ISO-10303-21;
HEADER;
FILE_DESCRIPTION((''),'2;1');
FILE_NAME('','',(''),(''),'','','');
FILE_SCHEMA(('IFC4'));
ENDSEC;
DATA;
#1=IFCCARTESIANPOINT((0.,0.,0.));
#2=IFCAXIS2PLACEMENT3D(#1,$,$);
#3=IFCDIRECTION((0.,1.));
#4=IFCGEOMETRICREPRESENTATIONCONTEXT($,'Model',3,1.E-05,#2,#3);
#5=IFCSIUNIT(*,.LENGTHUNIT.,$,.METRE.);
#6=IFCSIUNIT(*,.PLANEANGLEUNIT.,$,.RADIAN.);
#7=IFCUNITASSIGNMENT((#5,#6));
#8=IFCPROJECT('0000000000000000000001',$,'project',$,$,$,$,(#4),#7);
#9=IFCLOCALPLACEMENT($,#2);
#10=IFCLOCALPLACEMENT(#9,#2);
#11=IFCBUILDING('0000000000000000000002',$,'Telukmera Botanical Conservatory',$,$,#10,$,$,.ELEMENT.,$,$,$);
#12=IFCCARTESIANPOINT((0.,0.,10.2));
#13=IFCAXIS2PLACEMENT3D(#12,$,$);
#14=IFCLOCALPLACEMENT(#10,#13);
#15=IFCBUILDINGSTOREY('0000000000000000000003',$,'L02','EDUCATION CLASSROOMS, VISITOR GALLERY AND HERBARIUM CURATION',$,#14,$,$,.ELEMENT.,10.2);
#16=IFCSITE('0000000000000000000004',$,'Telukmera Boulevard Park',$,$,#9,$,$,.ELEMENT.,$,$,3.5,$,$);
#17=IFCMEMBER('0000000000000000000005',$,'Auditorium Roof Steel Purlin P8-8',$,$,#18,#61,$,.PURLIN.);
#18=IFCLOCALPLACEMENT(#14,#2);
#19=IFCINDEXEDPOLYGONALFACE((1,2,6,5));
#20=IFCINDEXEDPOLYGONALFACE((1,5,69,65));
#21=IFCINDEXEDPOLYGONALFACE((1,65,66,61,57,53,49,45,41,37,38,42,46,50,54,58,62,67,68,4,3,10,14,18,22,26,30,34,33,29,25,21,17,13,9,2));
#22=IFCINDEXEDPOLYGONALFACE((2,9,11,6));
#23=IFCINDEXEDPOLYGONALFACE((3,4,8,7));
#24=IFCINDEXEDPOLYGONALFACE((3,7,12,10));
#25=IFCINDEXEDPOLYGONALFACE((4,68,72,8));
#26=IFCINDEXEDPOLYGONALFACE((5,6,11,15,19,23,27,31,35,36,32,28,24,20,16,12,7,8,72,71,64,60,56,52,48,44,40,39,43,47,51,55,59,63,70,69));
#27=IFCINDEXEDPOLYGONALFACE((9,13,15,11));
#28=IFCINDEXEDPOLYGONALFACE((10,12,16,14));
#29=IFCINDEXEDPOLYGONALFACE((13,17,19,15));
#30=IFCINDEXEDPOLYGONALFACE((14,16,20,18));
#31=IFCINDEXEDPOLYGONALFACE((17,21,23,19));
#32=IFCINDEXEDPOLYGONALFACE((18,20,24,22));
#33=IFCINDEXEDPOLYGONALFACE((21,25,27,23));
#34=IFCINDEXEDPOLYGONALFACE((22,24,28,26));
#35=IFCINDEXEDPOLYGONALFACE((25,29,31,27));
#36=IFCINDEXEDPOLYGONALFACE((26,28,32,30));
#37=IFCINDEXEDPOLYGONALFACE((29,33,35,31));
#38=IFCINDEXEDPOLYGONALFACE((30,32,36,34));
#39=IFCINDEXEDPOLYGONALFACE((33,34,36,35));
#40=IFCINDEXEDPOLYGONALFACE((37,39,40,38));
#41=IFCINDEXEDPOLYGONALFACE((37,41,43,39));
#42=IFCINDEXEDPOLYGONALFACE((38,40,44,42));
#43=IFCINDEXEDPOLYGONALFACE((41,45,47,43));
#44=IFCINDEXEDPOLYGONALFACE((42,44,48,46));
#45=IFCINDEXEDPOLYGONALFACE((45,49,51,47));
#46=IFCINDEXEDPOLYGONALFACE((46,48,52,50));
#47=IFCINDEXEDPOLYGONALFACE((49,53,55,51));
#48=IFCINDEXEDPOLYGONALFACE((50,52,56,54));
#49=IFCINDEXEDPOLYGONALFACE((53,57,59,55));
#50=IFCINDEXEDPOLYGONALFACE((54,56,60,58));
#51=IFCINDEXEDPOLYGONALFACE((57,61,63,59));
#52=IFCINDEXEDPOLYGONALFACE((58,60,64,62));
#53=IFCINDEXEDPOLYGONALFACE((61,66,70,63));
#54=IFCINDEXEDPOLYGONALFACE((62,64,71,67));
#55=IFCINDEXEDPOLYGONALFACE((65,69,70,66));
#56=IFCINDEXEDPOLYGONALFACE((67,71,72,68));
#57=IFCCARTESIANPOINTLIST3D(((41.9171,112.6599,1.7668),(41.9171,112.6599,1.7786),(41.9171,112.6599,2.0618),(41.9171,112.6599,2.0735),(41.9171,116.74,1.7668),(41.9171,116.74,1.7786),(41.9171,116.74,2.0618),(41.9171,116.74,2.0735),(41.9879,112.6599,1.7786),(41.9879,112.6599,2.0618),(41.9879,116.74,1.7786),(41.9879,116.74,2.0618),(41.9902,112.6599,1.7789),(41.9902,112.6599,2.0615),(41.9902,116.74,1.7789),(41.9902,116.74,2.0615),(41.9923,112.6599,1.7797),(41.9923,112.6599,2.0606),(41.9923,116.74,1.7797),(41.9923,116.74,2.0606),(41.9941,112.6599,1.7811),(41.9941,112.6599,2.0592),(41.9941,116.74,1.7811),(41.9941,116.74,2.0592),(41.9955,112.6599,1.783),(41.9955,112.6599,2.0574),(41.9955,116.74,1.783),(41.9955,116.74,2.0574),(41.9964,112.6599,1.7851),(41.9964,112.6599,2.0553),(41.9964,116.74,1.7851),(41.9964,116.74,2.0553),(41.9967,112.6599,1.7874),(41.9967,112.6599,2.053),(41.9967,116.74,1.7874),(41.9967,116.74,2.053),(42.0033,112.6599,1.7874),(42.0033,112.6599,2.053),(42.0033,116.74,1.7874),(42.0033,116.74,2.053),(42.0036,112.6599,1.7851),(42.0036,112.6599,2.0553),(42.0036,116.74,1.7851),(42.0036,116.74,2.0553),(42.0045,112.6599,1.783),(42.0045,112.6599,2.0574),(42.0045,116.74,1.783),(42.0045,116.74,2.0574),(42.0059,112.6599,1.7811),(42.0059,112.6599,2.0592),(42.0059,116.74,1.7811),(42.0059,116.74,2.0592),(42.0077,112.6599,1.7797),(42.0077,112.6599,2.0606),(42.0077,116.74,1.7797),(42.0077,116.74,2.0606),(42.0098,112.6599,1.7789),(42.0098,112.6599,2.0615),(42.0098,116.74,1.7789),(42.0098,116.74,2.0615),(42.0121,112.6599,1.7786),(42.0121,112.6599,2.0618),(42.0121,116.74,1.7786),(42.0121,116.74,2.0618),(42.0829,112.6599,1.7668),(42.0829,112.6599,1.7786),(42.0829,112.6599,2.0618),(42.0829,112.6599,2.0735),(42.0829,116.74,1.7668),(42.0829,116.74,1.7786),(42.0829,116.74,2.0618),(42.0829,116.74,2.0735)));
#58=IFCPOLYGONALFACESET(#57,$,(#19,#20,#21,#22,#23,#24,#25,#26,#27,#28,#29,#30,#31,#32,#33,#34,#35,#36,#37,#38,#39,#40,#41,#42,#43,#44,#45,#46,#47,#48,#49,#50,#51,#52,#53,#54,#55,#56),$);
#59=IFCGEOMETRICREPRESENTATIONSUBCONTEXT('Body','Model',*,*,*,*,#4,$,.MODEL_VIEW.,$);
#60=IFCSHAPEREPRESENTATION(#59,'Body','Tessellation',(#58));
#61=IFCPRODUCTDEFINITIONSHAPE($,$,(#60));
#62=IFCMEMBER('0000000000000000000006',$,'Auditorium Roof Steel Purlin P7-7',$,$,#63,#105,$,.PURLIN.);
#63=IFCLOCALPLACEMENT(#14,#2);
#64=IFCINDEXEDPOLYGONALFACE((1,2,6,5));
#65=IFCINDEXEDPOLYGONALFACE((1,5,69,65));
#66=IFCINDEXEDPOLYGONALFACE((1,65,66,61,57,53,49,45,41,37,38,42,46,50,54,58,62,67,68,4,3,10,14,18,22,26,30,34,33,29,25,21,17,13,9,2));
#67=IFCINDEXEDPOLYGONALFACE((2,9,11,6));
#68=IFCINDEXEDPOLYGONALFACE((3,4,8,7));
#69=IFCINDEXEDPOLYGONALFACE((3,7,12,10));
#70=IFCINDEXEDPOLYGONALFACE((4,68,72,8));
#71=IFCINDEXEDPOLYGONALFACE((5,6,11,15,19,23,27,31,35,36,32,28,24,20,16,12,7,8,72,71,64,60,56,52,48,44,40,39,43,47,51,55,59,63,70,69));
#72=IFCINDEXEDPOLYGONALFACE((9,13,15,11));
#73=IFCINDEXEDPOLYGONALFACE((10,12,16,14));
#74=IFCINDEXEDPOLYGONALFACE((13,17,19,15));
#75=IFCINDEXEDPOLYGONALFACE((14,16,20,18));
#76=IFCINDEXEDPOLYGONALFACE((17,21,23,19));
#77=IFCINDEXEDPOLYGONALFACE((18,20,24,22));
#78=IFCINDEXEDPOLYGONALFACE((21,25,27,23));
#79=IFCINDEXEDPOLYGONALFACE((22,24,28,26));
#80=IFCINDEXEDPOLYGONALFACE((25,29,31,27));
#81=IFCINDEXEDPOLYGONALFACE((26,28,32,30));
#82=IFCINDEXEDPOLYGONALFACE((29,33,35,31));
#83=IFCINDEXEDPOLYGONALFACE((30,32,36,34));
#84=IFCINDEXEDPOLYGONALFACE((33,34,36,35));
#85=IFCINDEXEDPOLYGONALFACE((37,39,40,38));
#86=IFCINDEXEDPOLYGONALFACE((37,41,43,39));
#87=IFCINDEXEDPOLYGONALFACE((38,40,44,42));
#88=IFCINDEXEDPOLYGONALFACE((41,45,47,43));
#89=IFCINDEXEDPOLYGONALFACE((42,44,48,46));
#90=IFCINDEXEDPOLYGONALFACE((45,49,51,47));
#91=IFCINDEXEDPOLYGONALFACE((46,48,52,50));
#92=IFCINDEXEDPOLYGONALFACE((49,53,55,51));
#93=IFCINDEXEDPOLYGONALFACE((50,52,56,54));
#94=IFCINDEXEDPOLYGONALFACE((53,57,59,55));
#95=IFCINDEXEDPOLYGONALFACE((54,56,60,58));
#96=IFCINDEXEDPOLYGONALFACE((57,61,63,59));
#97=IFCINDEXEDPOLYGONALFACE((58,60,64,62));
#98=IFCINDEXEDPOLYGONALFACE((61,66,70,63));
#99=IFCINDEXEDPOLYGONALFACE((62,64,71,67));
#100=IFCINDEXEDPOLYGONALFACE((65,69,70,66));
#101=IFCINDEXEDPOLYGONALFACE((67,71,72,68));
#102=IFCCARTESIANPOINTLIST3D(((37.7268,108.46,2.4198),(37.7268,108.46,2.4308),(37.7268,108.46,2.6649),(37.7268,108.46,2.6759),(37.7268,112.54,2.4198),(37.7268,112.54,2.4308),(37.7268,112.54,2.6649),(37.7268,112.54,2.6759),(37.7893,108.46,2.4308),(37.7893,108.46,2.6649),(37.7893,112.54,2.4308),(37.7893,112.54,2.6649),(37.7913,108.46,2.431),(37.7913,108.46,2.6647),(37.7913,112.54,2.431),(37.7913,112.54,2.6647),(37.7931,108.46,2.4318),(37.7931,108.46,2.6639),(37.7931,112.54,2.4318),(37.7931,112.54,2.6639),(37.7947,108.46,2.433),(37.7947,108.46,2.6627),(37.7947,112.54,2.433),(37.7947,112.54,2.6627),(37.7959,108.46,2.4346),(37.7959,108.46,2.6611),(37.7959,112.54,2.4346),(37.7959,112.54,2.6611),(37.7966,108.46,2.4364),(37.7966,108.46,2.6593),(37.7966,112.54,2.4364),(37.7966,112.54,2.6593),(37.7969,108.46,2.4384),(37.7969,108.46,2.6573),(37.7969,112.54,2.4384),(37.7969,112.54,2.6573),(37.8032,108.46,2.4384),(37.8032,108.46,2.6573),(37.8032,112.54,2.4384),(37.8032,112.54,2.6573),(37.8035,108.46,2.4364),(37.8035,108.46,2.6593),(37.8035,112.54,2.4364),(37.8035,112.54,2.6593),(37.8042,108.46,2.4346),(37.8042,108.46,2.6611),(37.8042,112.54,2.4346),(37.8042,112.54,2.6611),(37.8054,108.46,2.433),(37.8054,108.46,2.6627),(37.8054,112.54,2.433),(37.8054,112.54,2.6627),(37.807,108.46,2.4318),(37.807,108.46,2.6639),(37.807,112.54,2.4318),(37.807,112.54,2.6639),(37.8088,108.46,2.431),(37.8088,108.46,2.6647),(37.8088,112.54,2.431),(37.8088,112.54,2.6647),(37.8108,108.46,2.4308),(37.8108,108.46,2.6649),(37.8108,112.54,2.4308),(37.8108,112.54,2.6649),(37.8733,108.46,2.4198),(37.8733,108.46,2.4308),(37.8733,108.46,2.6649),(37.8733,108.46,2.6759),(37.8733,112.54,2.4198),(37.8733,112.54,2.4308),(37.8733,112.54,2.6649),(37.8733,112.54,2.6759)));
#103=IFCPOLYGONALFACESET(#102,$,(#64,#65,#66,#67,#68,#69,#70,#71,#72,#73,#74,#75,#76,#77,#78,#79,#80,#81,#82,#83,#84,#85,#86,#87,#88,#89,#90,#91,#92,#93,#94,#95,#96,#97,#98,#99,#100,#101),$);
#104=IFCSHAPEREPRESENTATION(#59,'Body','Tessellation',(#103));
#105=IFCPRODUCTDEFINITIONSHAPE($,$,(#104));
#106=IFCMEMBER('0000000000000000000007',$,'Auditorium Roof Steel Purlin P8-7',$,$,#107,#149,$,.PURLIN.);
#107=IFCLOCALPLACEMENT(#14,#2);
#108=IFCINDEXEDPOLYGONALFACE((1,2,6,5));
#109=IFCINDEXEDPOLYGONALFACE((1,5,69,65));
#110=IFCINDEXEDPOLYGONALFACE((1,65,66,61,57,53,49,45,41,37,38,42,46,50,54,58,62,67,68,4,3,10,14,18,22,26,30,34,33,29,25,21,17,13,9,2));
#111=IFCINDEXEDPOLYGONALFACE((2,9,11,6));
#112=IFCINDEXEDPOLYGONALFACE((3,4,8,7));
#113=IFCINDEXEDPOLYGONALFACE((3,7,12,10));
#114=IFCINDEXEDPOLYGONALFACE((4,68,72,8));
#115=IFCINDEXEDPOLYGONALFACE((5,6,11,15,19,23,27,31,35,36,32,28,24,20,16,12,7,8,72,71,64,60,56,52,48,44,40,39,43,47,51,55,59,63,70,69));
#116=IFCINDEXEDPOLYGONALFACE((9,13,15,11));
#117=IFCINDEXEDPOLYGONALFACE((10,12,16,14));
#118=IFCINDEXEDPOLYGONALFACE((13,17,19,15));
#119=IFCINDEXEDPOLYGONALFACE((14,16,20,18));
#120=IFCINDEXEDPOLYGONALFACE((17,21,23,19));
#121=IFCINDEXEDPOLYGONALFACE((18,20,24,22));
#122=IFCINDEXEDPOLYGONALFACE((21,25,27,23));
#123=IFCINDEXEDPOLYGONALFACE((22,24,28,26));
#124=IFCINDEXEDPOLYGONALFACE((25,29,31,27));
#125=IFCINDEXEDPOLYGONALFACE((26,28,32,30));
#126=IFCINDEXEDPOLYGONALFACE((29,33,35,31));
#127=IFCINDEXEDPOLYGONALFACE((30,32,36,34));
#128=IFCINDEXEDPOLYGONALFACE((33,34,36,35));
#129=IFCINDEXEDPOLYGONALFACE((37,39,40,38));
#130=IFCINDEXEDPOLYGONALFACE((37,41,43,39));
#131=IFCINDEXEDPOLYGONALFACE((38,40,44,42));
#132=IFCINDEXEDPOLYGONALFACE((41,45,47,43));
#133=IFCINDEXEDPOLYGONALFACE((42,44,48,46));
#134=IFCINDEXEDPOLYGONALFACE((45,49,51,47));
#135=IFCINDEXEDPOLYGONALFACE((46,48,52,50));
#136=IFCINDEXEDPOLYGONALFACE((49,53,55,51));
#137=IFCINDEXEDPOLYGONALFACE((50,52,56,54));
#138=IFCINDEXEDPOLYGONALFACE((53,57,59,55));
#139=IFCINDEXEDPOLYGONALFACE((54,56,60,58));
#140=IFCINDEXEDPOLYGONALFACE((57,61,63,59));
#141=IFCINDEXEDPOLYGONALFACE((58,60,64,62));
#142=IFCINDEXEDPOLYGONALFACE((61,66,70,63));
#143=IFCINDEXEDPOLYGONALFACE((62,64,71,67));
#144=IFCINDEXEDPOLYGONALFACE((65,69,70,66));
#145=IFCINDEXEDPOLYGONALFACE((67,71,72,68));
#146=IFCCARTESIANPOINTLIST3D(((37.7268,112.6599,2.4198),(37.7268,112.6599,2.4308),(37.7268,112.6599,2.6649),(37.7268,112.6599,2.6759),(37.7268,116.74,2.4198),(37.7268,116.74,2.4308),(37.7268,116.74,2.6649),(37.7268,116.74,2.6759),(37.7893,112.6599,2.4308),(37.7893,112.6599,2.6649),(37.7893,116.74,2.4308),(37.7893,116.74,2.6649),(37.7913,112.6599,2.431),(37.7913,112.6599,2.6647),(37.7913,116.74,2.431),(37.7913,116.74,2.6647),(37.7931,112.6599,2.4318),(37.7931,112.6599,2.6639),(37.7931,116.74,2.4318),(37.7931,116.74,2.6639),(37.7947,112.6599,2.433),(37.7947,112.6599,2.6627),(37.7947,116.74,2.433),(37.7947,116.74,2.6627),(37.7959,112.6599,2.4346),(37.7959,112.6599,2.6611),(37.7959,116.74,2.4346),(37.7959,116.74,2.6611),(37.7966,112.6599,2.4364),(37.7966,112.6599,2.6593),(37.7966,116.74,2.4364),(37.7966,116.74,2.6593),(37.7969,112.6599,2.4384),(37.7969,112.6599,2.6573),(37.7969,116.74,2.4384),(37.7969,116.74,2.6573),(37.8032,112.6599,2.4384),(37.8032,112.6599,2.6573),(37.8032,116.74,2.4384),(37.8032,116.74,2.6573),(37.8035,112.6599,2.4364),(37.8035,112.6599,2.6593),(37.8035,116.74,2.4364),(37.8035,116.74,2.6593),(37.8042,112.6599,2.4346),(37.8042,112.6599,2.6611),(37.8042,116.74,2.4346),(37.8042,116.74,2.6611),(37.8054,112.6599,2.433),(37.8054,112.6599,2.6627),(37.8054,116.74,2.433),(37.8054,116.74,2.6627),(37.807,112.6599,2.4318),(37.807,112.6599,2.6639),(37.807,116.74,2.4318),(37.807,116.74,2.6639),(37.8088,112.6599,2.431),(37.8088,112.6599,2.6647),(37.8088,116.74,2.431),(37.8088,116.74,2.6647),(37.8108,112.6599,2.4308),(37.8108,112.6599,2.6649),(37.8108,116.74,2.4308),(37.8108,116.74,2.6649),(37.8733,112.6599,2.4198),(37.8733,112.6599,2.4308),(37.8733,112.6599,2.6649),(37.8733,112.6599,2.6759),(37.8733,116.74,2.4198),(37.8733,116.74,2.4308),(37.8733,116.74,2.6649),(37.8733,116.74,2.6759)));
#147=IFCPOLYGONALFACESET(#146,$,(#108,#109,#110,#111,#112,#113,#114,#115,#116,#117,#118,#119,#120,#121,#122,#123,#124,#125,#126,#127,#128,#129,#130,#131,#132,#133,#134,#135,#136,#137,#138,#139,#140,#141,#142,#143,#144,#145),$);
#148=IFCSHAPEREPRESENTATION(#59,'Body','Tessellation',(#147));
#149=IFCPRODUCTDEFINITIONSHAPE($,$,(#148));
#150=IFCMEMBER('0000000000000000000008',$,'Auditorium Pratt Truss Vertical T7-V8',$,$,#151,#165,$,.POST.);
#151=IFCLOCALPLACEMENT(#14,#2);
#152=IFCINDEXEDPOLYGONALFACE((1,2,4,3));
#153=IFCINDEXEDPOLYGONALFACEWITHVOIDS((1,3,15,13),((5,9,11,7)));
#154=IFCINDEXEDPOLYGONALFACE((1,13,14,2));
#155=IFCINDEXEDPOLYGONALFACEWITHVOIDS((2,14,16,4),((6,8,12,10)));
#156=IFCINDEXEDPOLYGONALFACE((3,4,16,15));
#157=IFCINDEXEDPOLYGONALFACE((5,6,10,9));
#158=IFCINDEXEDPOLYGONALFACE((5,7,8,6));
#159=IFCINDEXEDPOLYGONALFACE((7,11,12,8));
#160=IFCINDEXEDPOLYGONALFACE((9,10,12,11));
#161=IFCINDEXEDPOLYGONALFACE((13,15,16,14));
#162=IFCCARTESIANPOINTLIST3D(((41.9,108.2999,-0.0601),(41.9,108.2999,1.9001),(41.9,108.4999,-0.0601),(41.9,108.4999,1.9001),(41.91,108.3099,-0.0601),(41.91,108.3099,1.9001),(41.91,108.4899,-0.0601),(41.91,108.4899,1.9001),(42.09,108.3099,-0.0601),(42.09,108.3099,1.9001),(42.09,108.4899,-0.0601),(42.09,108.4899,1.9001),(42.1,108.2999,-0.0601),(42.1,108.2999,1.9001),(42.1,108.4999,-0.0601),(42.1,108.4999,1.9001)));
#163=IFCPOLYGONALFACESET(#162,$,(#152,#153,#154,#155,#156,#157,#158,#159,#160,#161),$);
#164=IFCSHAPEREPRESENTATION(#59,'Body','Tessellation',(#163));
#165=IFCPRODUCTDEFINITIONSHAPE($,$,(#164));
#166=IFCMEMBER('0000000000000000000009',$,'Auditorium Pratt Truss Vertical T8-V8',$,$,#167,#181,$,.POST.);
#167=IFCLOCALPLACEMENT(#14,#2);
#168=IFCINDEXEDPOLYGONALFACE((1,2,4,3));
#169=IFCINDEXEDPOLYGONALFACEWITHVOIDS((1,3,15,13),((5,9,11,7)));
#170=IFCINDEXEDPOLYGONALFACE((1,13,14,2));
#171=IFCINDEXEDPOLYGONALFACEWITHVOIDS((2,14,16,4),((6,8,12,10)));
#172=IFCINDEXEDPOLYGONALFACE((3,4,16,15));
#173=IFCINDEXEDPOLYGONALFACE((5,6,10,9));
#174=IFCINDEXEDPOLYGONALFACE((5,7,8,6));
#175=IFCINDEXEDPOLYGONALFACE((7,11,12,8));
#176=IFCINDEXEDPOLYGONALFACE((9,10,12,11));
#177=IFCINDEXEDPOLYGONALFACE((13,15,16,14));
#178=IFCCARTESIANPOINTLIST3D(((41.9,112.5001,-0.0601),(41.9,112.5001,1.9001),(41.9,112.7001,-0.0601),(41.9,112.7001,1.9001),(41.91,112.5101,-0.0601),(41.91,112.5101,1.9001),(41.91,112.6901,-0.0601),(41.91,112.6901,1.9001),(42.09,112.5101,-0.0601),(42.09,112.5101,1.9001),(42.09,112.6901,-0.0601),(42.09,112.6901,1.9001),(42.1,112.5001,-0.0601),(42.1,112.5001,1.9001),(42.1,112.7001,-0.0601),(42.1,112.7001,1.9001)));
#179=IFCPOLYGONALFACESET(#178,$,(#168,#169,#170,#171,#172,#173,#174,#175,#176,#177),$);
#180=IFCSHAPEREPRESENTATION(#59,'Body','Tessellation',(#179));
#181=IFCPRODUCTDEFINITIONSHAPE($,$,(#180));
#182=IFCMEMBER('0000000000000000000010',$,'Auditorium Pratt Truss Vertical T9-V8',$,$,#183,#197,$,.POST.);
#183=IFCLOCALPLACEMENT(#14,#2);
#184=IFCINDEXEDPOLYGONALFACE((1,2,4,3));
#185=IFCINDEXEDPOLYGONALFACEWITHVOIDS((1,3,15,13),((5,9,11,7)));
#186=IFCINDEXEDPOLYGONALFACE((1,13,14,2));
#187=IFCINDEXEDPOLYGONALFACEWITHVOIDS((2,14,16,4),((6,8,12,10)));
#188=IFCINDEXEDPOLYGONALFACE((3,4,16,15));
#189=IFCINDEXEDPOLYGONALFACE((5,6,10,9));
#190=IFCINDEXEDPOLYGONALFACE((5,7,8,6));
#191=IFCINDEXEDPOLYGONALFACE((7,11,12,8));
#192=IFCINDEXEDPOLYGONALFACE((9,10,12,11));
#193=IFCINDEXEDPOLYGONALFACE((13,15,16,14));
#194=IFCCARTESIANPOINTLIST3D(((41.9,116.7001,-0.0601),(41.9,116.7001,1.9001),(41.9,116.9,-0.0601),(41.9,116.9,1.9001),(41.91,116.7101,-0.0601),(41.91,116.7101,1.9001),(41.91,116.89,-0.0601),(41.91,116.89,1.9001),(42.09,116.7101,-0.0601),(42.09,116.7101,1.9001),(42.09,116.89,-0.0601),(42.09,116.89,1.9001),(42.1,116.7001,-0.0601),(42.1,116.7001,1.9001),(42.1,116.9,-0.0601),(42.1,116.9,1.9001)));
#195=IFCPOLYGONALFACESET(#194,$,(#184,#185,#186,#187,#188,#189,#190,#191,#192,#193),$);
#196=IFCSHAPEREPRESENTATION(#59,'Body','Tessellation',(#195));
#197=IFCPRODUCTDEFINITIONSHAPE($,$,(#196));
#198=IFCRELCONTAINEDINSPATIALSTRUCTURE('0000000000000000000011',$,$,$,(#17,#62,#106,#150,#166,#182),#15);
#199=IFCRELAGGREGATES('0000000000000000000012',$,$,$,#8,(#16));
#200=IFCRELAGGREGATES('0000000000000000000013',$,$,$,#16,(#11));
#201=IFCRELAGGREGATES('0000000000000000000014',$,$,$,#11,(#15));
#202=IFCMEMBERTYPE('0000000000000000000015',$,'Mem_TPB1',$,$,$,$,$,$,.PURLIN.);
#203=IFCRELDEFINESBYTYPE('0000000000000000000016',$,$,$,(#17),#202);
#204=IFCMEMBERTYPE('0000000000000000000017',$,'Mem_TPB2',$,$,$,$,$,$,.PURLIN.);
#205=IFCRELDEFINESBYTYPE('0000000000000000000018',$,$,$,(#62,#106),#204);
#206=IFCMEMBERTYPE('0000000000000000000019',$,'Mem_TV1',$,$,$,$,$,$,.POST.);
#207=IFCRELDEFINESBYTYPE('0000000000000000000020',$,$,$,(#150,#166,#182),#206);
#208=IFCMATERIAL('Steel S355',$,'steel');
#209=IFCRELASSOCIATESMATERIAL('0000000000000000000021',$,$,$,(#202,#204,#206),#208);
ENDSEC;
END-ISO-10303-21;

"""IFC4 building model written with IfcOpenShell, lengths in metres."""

from ifc_helpers import new_model, si_unit, direction, frame, origin, origin_2d, place, context, subcontext, project, spatial, hollow_rectangle, i_section, extrude, material, material_profile, profile_set, type_object, element, save


model = new_model("IFC4")

# Units and contexts
model_context = context("Model", 3, precision=1e-05, world=origin(), true_north=direction((0.0, 1.0)))
body_context = subcontext(model_context, "Body", "Model", "MODEL_VIEW")
ifc_project = project(units=[si_unit("LENGTHUNIT", "METRE"), si_unit("PLANEANGLEUNIT", "RADIAN")], contexts=[model_context])

# Site, building, storey
site_placement = place(None, origin())
site = spatial("IfcSite", under=ifc_project, at=site_placement, Name="Telukmera Boulevard Park", CompositionType="ELEMENT", RefElevation=3.5)
building_placement = place(site_placement, origin())
building = spatial("IfcBuilding", under=site, at=building_placement, Name="Telukmera Botanical Conservatory", CompositionType="ELEMENT")
storey_placement = place(building_placement, frame((0.0, 0.0, 10.2)))
storey = spatial("IfcBuildingStorey", under=building, at=storey_placement, Name="L02", Description="EDUCATION CLASSROOMS, VISITOR GALLERY AND HERBARIUM CURATION", CompositionType="ELEMENT", Elevation=10.2)

# Members
ifc_material_1 = material(Name="Steel S355", Category="steel")
ifc_material_profile_1 = material_profile(ifc_material_1, i_section(OverallWidth=0.1658, OverallDepth=0.3066, WebThickness=0.0066, FlangeThickness=0.0117, FilletRadius=0.0088, at=origin_2d()), Name="UB 305x165x46")
ifc_profile_set_1 = profile_set([ifc_material_profile_1], Name="Steel S355")
member_type_1 = type_object("IfcMemberType", Name="Mem_TPB1", PredefinedType="PURLIN", material=ifc_profile_set_1)
for number, where, z_axis, x_axis, name in (
    (1, (42.0, 112.6599, 1.9202), (0.0, 1.0, 0.0), (-1.0, 0.0, 0.0), "Auditorium Roof Steel Purlin P8-8"),
):
    element("IfcMember", number, at=place(storey_placement, frame(where, z_axis=z_axis, x_axis=x_axis)), inside=storey, type_object=member_type_1, Name=name, PredefinedType="PURLIN", context=body_context, shape_type="SweptSolid", body=[
        extrude(i_section(OverallWidth=0.1658, OverallDepth=0.3066, WebThickness=0.0066, FlangeThickness=0.0117, FilletRadius=0.0088, at=origin_2d()), origin(), (0.0, 0.0, 1.0), 4.0801),
    ])
ifc_material_profile_2 = material_profile(ifc_material_1, i_section(OverallWidth=0.1465, OverallDepth=0.2561, WebThickness=0.0063, FlangeThickness=0.011, FilletRadius=0.0076, at=origin_2d()), Name="UB 254x146x37")
ifc_profile_set_2 = profile_set([ifc_material_profile_2], Name="Steel S355")
member_type_2 = type_object("IfcMemberType", Name="Mem_TPB2", PredefinedType="PURLIN", material=ifc_profile_set_2)
for number, where, z_axis, x_axis, name in (
    (2, (37.8, 108.46, 2.5479), (0.0, 1.0, 0.0), (-1.0, 0.0, 0.0), "Auditorium Roof Steel Purlin P7-7"),
    (3, (37.8, 112.6599, 2.5479), (0.0, 1.0, 0.0), (-1.0, 0.0, 0.0), "Auditorium Roof Steel Purlin P8-7"),
):
    element("IfcMember", number, at=place(storey_placement, frame(where, z_axis=z_axis, x_axis=x_axis)), inside=storey, type_object=member_type_2, Name=name, PredefinedType="PURLIN", context=body_context, shape_type="SweptSolid", body=[
        extrude(i_section(OverallWidth=0.1465, OverallDepth=0.2561, WebThickness=0.0063, FlangeThickness=0.011, FilletRadius=0.0076, at=origin_2d()), origin(), (0.0, 0.0, 1.0), 4.0801),
    ])
ifc_material_profile_3 = material_profile(ifc_material_1, hollow_rectangle(XDim=0.2, YDim=0.2, WallThickness=0.01, at=origin_2d()), Name="SHS 200x200x10.0")
ifc_profile_set_3 = profile_set([ifc_material_profile_3], Name="Steel S355")
member_type_3 = type_object("IfcMemberType", Name="Mem_TV1", PredefinedType="POST", material=ifc_profile_set_3)
for number, where, z_axis, x_axis, name in (
    (4, (42.0, 108.3999, -0.0601), (0.0, 0.0, 1.0), (1.0, 0.0, 0.0), "Auditorium Pratt Truss Vertical T7-V8"),
    (5, (42.0, 112.6001, -0.0601), (0.0, 0.0, 1.0), (1.0, 0.0, 0.0), "Auditorium Pratt Truss Vertical T8-V8"),
    (6, (42.0, 116.8, -0.0601), (0.0, 0.0, 1.0), (1.0, 0.0, 0.0), "Auditorium Pratt Truss Vertical T9-V8"),
):
    element("IfcMember", number, at=place(storey_placement, frame(where, z_axis=z_axis, x_axis=x_axis)), inside=storey, type_object=member_type_3, Name=name, PredefinedType="POST", context=body_context, shape_type="SweptSolid", body=[
        extrude(hollow_rectangle(XDim=0.2, YDim=0.2, WallThickness=0.01, at=origin_2d()), origin(), (0.0, 0.0, 1.0), 1.9602),
    ])

save(model, "model.ifc")
